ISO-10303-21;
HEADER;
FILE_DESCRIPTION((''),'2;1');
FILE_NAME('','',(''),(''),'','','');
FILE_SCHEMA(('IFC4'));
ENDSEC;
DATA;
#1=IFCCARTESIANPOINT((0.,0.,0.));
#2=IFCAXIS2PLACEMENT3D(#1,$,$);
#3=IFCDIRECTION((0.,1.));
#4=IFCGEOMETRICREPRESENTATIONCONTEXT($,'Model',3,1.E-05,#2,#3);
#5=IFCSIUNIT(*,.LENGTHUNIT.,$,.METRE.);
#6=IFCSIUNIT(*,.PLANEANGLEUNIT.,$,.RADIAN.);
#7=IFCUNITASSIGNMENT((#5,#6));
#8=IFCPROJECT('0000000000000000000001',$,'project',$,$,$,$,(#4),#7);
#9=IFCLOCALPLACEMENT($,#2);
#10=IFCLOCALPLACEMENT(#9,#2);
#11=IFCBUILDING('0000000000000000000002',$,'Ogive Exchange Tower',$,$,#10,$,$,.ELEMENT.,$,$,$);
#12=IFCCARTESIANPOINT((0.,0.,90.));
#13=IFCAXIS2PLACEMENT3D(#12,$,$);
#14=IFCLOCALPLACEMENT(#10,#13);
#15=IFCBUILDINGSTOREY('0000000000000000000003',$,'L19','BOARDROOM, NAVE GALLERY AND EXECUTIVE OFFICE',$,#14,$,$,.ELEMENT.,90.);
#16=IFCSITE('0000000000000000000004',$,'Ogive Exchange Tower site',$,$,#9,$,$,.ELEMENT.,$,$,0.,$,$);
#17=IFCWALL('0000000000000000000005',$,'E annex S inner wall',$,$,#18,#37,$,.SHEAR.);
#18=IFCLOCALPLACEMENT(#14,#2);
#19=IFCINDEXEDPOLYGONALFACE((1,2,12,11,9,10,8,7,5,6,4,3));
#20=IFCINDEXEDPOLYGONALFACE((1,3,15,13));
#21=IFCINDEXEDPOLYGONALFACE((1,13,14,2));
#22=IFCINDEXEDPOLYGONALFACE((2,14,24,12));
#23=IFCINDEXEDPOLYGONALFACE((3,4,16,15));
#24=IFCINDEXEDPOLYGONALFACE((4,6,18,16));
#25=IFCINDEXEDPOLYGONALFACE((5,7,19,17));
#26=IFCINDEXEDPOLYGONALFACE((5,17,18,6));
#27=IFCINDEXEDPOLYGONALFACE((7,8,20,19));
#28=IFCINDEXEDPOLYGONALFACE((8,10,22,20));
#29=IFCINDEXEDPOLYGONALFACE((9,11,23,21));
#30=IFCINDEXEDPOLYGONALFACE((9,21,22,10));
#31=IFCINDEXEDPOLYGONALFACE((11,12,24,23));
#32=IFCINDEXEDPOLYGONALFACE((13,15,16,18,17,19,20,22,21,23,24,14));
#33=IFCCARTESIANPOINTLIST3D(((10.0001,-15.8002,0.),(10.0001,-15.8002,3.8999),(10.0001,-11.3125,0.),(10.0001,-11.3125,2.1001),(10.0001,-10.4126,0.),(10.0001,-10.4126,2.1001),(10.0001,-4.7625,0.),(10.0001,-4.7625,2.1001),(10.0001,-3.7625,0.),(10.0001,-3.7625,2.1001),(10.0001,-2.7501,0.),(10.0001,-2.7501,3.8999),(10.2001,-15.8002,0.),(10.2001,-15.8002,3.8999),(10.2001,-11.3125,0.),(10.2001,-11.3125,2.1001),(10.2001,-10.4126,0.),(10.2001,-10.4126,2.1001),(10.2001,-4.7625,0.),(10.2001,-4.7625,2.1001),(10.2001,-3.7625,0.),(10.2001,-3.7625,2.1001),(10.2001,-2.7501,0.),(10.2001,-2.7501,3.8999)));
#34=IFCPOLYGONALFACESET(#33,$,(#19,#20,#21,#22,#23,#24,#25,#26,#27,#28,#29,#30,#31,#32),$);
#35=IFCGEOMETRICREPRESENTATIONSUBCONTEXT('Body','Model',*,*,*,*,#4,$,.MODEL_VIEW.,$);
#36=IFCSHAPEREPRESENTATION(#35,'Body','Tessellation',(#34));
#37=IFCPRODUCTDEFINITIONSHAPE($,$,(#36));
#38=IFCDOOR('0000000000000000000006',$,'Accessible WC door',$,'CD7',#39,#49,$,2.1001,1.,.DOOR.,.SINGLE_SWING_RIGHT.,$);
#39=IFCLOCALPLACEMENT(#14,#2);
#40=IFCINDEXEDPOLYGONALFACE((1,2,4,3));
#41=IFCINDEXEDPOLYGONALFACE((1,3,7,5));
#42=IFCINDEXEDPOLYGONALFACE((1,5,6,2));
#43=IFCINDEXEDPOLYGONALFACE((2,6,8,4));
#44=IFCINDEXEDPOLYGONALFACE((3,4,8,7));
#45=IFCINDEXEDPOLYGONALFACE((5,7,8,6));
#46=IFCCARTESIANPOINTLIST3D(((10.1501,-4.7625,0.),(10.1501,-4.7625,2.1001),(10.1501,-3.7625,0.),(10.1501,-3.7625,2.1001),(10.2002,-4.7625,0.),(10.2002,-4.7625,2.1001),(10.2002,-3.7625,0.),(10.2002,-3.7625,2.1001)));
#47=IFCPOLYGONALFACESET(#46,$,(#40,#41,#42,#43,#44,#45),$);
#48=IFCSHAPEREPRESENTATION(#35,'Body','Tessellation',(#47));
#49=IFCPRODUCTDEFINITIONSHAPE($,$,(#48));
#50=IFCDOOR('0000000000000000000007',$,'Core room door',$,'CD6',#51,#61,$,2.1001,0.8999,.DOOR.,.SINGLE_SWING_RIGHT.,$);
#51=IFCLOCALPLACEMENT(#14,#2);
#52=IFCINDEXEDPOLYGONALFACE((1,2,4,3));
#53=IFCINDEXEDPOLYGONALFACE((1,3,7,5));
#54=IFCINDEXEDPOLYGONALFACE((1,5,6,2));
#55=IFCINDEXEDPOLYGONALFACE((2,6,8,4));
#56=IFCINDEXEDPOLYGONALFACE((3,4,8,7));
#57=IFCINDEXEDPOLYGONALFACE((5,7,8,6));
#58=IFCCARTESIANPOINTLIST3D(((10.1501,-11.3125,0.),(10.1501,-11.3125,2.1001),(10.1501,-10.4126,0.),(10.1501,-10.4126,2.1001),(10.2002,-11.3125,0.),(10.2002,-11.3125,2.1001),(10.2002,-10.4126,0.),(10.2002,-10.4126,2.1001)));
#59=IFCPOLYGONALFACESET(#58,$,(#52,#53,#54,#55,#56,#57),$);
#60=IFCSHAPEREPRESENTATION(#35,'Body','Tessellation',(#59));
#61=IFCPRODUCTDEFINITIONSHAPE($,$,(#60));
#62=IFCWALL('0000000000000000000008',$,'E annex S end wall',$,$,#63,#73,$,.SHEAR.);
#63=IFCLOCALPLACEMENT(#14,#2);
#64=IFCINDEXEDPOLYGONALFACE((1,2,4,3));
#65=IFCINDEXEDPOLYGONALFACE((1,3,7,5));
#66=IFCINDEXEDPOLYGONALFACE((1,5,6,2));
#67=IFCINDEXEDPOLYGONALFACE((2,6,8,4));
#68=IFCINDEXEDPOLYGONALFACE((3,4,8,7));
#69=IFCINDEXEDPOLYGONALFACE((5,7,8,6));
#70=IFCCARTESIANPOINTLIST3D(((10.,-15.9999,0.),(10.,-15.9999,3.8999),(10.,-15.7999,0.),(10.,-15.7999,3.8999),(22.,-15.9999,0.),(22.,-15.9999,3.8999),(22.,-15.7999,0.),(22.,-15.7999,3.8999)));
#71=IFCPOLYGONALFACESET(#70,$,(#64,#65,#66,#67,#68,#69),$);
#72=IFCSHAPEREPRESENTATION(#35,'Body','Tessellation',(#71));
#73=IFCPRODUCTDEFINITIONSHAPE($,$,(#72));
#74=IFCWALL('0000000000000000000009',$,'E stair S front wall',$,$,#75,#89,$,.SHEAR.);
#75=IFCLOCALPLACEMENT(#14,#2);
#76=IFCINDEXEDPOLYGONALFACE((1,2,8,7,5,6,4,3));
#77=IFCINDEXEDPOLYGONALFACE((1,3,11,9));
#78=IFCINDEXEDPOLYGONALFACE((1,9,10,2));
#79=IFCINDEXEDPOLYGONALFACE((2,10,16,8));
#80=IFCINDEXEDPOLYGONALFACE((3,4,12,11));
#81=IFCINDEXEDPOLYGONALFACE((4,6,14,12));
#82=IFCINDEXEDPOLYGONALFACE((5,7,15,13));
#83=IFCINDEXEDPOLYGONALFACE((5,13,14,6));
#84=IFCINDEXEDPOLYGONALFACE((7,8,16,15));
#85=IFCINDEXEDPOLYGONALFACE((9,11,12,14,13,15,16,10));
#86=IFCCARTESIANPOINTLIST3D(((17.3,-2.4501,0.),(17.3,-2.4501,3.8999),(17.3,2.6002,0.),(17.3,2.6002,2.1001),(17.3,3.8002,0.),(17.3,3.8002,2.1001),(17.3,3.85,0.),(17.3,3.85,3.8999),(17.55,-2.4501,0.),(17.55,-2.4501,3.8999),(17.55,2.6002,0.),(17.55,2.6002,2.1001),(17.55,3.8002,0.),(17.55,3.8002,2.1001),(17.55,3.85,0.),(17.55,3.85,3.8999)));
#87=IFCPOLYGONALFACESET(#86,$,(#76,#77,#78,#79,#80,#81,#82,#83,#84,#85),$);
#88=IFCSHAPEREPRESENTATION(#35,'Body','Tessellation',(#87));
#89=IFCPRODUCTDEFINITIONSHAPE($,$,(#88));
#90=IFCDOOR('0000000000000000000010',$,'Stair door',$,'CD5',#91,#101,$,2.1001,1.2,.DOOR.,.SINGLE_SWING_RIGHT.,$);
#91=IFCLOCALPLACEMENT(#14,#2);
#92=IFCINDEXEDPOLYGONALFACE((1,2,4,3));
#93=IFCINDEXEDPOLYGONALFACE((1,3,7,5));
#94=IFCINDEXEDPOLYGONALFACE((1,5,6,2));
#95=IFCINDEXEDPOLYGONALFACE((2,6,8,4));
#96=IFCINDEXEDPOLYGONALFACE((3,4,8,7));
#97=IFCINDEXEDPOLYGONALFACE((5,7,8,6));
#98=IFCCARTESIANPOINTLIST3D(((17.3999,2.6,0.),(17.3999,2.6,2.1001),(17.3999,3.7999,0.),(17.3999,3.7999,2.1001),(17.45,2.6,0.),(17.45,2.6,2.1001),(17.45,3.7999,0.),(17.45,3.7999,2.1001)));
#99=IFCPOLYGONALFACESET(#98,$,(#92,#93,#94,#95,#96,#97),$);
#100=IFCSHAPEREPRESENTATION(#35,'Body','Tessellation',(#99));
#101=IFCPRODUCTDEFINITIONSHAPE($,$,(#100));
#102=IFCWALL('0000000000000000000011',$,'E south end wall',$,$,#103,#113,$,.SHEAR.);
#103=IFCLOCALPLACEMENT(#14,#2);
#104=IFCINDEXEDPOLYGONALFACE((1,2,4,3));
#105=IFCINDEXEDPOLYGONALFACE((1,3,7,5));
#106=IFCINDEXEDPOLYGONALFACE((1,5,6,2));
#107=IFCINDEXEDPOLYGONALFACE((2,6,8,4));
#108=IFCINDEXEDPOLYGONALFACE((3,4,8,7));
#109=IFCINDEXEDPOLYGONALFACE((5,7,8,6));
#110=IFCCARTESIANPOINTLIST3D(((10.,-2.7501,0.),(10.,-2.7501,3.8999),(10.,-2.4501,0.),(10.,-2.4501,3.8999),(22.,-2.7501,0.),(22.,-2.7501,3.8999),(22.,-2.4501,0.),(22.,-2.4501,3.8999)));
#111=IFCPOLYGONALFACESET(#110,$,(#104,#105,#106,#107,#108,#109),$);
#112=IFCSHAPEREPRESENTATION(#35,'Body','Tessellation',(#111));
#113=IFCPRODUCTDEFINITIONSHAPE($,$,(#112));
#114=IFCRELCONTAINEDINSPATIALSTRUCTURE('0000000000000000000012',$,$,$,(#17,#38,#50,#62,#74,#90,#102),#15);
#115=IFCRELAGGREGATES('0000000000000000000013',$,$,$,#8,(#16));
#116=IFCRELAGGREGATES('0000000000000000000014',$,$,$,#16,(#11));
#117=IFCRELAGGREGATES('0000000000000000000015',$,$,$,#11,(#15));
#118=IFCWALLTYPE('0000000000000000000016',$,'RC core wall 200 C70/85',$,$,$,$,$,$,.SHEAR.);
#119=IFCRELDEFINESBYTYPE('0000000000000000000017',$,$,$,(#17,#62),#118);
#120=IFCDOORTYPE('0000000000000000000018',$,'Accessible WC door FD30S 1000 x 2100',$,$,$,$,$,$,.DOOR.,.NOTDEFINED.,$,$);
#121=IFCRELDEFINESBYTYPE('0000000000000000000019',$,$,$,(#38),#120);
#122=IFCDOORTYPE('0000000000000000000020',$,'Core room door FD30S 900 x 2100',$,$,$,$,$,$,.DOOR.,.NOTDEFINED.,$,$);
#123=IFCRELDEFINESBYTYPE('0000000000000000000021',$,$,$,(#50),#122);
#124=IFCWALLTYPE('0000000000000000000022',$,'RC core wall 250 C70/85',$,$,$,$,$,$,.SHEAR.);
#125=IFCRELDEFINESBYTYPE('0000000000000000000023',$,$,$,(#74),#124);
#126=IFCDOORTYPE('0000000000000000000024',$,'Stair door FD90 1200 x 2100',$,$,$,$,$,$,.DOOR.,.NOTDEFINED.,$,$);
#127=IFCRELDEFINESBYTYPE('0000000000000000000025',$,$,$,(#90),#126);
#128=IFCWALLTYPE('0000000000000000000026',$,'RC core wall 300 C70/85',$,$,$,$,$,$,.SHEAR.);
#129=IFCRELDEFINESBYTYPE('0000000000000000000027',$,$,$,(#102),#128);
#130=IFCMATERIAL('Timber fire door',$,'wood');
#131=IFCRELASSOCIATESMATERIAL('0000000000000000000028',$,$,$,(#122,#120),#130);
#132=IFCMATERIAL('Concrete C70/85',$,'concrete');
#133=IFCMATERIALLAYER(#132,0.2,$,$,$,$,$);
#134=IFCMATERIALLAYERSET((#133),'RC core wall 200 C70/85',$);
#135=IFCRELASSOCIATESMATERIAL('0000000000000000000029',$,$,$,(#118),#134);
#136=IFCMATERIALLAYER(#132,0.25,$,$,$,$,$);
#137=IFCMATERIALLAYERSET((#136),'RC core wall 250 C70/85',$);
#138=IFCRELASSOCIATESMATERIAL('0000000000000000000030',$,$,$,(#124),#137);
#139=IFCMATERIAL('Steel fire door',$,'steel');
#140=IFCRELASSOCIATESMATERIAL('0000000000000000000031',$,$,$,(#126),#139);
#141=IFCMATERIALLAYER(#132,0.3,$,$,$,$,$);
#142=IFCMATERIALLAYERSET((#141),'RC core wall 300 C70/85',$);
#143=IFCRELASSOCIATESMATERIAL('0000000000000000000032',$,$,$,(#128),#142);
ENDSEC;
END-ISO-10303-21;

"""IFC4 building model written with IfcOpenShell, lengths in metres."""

from ifc_helpers import new_model, si_unit, direction, frame, frame_2d, origin, place, context, subcontext, project, spatial, rectangle, extrude, material, layer, layer_set, type_object, element, fill, save


model = new_model("IFC4")

# Units and contexts
model_context = context("Model", 3, precision=1e-05, world=origin(), true_north=direction((0.0, 1.0)))
body_context = subcontext(model_context, "Body", "Model", "MODEL_VIEW")
ifc_project = project(units=[si_unit("LENGTHUNIT", "METRE"), si_unit("PLANEANGLEUNIT", "RADIAN")], contexts=[model_context])

# Site, building, storey
site_placement = place(None, origin())
site = spatial("IfcSite", under=ifc_project, at=site_placement, Name="Ogive Exchange Tower site", CompositionType="ELEMENT", RefElevation=0.0)
building_placement = place(site_placement, origin())
building = spatial("IfcBuilding", under=site, at=building_placement, Name="Ogive Exchange Tower", CompositionType="ELEMENT")
storey_placement = place(building_placement, frame((0.0, 0.0, 90.0)))
storey = spatial("IfcBuildingStorey", under=building, at=storey_placement, Name="L19", Description="BOARDROOM, NAVE GALLERY AND EXECUTIVE OFFICE", CompositionType="ELEMENT", Elevation=90.0)

# Wall, openings, doors
ifc_material_1 = material(Name="Concrete C70/85", Category="concrete")
ifc_material_2 = material(Name="Timber fire door", Category="wood")
door_type_1 = type_object("IfcDoorType", Name="Core room door FD30S 900 x 2100", OperationType="NOTDEFINED", PredefinedType="DOOR", material=ifc_material_2)
ifc_layer_1 = layer(ifc_material_1, 0.2)
ifc_layer_set_1 = layer_set([ifc_layer_1], Name="RC core wall 200 C70/85")
wall_type_1 = type_object("IfcWallType", Name="RC core wall 200 C70/85", PredefinedType="SHEAR", material=ifc_layer_set_1)
wall_1_placement = place(storey_placement, frame((10.1001, -15.8, 0.0), z_axis=(0.0, 0.0, 1.0), x_axis=(0.0, 1.0, 0.0)))
wall_1 = element("IfcWall", 1, at=wall_1_placement, inside=storey, type_object=wall_type_1, Name="E annex S inner wall", PredefinedType="SHEAR", context=body_context, shape_type="SweptSolid", body=[
    extrude(rectangle(XDim=13.05, YDim=0.2, at=frame_2d((6.5249, 0.0))), origin(), (0.0, 0.0, 1.0), 3.8999),
])
opening_1_placement = place(wall_1_placement, frame((4.4875, 0.0, 0.0)))
opening_1 = element("IfcOpeningElement", 2, at=opening_1_placement, cuts=wall_1, PredefinedType="OPENING", context=body_context, shape_type="SweptSolid", body=[
    extrude(rectangle(XDim=0.8999, YDim=2.1001, at=frame_2d((0.45, 1.05))), frame((0.0, 0.1099, 0.0), z_axis=(0.0, -1.0, 0.0), x_axis=(1.0, 0.0, 0.0)), (0.0, 0.0, 1.0), 0.22),
])
opening_2_placement = place(wall_1_placement, frame((11.0376, 0.0, 0.0)))
opening_2 = element("IfcOpeningElement", 3, at=opening_2_placement, cuts=wall_1, PredefinedType="OPENING", context=body_context, shape_type="SweptSolid", body=[
    extrude(rectangle(XDim=1.0, YDim=2.1001, at=frame_2d((0.5, 1.05))), frame((0.0, 0.1099, 0.0), z_axis=(0.0, -1.0, 0.0), x_axis=(1.0, 0.0, 0.0)), (0.0, 0.0, 1.0), 0.22),
])
door_type_2 = type_object("IfcDoorType", Name="Accessible WC door FD30S 1000 x 2100", OperationType="NOTDEFINED", PredefinedType="DOOR", material=ifc_material_2)
door_1_placement = place(opening_2_placement, frame((1.0, -0.1499, 0.0), z_axis=(0.0, 0.0, 1.0), x_axis=(-1.0, 0.0, 0.0)))
door_1 = element("IfcDoor", 4, at=door_1_placement, inside=storey, type_object=door_type_2, Name="Accessible WC door", ObjectType="CD7", OperationType="SINGLE_SWING_RIGHT", OverallHeight=2.1001, OverallWidth=1.0, PredefinedType="DOOR", context=body_context, shape_type="SweptSolid", body=[
    extrude(rectangle(XDim=1.0, YDim=2.1001, at=frame_2d((0.5, 1.05))), frame((0.0, -0.0498, 0.0), z_axis=(0.0, -1.0, 0.0), x_axis=(1.0, 0.0, 0.0)), (0.0, 0.0, 1.0), 0.05),
])
fill(opening_2, door_1)
door_2_placement = place(opening_1_placement, frame((0.8999, -0.1499, 0.0), z_axis=(0.0, 0.0, 1.0), x_axis=(-1.0, 0.0, 0.0)))
door_2 = element("IfcDoor", 5, at=door_2_placement, inside=storey, type_object=door_type_1, Name="Core room door", ObjectType="CD6", OperationType="SINGLE_SWING_RIGHT", OverallHeight=2.1001, OverallWidth=0.8999, PredefinedType="DOOR", context=body_context, shape_type="SweptSolid", body=[
    extrude(rectangle(XDim=0.8999, YDim=2.1001, at=frame_2d((0.45, 1.05))), frame((0.0, -0.0498, 0.0), z_axis=(0.0, -1.0, 0.0), x_axis=(1.0, 0.0, 0.0)), (0.0, 0.0, 1.0), 0.05),
])
fill(opening_1, door_2)

# Wall
wall_2_placement = place(storey_placement, frame((10.0, -15.8999, 0.0), z_axis=(0.0, 0.0, 1.0), x_axis=(1.0, 0.0, 0.0)))
element("IfcWall", 6, at=wall_2_placement, inside=storey, type_object=wall_type_1, Name="E annex S end wall", PredefinedType="SHEAR", context=body_context, shape_type="SweptSolid", body=[
    extrude(rectangle(XDim=12.0, YDim=0.2, at=frame_2d((6.0, 0.0))), origin(), (0.0, 0.0, 1.0), 3.8999),
])

# Wall, opening, door
ifc_layer_2 = layer(ifc_material_1, 0.25)
ifc_layer_set_2 = layer_set([ifc_layer_2], Name="RC core wall 250 C70/85")
wall_type_2 = type_object("IfcWallType", Name="RC core wall 250 C70/85", PredefinedType="SHEAR", material=ifc_layer_set_2)
wall_3_placement = place(storey_placement, frame((17.425, -2.45, 0.0), z_axis=(0.0, 0.0, 1.0), x_axis=(0.0, 1.0, 0.0)))
wall_3 = element("IfcWall", 7, at=wall_3_placement, inside=storey, type_object=wall_type_2, Name="E stair S front wall", PredefinedType="SHEAR", context=body_context, shape_type="SweptSolid", body=[
    extrude(rectangle(XDim=6.3, YDim=0.25, at=frame_2d((3.1499, 0.0))), origin(), (0.0, 0.0, 1.0), 3.8999),
])
opening_3_placement = place(wall_3_placement, frame((5.05, 0.0, 0.0)))
opening_3 = element("IfcOpeningElement", 8, at=opening_3_placement, cuts=wall_3, PredefinedType="OPENING", context=body_context, shape_type="SweptSolid", body=[
    extrude(rectangle(XDim=1.2, YDim=2.1001, at=frame_2d((0.6001, 1.05))), frame((0.0, 0.135, 0.0), z_axis=(0.0, -1.0, 0.0), x_axis=(1.0, 0.0, 0.0)), (0.0, 0.0, 1.0), 0.27),
])
ifc_material_3 = material(Name="Steel fire door", Category="steel")
door_type_3 = type_object("IfcDoorType", Name="Stair door FD90 1200 x 2100", OperationType="NOTDEFINED", PredefinedType="DOOR", material=ifc_material_3)
door_3_placement = place(opening_3_placement, frame((1.2, 0.0, 0.0), z_axis=(0.0, 0.0, 1.0), x_axis=(-1.0, 0.0, 0.0)))
door_3 = element("IfcDoor", 9, at=door_3_placement, inside=storey, type_object=door_type_3, Name="Stair door", ObjectType="CD5", OperationType="SINGLE_SWING_RIGHT", OverallHeight=2.1001, OverallWidth=1.2, PredefinedType="DOOR", context=body_context, shape_type="SweptSolid", body=[
    extrude(rectangle(XDim=1.2, YDim=2.1001, at=frame_2d((0.6001, 1.05))), frame((0.0, 0.0249, 0.0), z_axis=(0.0, -1.0, 0.0), x_axis=(1.0, 0.0, 0.0)), (0.0, 0.0, 1.0), 0.05),
])
fill(opening_3, door_3)

# Wall
ifc_layer_3 = layer(ifc_material_1, 0.3)
ifc_layer_set_3 = layer_set([ifc_layer_3], Name="RC core wall 300 C70/85")
wall_type_3 = type_object("IfcWallType", Name="RC core wall 300 C70/85", PredefinedType="SHEAR", material=ifc_layer_set_3)
wall_4_placement = place(storey_placement, frame((10.0, -2.6001, 0.0), z_axis=(0.0, 0.0, 1.0), x_axis=(1.0, 0.0, 0.0)))
element("IfcWall", 10, at=wall_4_placement, inside=storey, type_object=wall_type_3, Name="E south end wall", PredefinedType="SHEAR", context=body_context, shape_type="SweptSolid", body=[
    extrude(rectangle(XDim=12.0, YDim=0.3, at=frame_2d((6.0, 0.0))), origin(), (0.0, 0.0, 1.0), 3.8999),
])

save(model, "model.ifc")
